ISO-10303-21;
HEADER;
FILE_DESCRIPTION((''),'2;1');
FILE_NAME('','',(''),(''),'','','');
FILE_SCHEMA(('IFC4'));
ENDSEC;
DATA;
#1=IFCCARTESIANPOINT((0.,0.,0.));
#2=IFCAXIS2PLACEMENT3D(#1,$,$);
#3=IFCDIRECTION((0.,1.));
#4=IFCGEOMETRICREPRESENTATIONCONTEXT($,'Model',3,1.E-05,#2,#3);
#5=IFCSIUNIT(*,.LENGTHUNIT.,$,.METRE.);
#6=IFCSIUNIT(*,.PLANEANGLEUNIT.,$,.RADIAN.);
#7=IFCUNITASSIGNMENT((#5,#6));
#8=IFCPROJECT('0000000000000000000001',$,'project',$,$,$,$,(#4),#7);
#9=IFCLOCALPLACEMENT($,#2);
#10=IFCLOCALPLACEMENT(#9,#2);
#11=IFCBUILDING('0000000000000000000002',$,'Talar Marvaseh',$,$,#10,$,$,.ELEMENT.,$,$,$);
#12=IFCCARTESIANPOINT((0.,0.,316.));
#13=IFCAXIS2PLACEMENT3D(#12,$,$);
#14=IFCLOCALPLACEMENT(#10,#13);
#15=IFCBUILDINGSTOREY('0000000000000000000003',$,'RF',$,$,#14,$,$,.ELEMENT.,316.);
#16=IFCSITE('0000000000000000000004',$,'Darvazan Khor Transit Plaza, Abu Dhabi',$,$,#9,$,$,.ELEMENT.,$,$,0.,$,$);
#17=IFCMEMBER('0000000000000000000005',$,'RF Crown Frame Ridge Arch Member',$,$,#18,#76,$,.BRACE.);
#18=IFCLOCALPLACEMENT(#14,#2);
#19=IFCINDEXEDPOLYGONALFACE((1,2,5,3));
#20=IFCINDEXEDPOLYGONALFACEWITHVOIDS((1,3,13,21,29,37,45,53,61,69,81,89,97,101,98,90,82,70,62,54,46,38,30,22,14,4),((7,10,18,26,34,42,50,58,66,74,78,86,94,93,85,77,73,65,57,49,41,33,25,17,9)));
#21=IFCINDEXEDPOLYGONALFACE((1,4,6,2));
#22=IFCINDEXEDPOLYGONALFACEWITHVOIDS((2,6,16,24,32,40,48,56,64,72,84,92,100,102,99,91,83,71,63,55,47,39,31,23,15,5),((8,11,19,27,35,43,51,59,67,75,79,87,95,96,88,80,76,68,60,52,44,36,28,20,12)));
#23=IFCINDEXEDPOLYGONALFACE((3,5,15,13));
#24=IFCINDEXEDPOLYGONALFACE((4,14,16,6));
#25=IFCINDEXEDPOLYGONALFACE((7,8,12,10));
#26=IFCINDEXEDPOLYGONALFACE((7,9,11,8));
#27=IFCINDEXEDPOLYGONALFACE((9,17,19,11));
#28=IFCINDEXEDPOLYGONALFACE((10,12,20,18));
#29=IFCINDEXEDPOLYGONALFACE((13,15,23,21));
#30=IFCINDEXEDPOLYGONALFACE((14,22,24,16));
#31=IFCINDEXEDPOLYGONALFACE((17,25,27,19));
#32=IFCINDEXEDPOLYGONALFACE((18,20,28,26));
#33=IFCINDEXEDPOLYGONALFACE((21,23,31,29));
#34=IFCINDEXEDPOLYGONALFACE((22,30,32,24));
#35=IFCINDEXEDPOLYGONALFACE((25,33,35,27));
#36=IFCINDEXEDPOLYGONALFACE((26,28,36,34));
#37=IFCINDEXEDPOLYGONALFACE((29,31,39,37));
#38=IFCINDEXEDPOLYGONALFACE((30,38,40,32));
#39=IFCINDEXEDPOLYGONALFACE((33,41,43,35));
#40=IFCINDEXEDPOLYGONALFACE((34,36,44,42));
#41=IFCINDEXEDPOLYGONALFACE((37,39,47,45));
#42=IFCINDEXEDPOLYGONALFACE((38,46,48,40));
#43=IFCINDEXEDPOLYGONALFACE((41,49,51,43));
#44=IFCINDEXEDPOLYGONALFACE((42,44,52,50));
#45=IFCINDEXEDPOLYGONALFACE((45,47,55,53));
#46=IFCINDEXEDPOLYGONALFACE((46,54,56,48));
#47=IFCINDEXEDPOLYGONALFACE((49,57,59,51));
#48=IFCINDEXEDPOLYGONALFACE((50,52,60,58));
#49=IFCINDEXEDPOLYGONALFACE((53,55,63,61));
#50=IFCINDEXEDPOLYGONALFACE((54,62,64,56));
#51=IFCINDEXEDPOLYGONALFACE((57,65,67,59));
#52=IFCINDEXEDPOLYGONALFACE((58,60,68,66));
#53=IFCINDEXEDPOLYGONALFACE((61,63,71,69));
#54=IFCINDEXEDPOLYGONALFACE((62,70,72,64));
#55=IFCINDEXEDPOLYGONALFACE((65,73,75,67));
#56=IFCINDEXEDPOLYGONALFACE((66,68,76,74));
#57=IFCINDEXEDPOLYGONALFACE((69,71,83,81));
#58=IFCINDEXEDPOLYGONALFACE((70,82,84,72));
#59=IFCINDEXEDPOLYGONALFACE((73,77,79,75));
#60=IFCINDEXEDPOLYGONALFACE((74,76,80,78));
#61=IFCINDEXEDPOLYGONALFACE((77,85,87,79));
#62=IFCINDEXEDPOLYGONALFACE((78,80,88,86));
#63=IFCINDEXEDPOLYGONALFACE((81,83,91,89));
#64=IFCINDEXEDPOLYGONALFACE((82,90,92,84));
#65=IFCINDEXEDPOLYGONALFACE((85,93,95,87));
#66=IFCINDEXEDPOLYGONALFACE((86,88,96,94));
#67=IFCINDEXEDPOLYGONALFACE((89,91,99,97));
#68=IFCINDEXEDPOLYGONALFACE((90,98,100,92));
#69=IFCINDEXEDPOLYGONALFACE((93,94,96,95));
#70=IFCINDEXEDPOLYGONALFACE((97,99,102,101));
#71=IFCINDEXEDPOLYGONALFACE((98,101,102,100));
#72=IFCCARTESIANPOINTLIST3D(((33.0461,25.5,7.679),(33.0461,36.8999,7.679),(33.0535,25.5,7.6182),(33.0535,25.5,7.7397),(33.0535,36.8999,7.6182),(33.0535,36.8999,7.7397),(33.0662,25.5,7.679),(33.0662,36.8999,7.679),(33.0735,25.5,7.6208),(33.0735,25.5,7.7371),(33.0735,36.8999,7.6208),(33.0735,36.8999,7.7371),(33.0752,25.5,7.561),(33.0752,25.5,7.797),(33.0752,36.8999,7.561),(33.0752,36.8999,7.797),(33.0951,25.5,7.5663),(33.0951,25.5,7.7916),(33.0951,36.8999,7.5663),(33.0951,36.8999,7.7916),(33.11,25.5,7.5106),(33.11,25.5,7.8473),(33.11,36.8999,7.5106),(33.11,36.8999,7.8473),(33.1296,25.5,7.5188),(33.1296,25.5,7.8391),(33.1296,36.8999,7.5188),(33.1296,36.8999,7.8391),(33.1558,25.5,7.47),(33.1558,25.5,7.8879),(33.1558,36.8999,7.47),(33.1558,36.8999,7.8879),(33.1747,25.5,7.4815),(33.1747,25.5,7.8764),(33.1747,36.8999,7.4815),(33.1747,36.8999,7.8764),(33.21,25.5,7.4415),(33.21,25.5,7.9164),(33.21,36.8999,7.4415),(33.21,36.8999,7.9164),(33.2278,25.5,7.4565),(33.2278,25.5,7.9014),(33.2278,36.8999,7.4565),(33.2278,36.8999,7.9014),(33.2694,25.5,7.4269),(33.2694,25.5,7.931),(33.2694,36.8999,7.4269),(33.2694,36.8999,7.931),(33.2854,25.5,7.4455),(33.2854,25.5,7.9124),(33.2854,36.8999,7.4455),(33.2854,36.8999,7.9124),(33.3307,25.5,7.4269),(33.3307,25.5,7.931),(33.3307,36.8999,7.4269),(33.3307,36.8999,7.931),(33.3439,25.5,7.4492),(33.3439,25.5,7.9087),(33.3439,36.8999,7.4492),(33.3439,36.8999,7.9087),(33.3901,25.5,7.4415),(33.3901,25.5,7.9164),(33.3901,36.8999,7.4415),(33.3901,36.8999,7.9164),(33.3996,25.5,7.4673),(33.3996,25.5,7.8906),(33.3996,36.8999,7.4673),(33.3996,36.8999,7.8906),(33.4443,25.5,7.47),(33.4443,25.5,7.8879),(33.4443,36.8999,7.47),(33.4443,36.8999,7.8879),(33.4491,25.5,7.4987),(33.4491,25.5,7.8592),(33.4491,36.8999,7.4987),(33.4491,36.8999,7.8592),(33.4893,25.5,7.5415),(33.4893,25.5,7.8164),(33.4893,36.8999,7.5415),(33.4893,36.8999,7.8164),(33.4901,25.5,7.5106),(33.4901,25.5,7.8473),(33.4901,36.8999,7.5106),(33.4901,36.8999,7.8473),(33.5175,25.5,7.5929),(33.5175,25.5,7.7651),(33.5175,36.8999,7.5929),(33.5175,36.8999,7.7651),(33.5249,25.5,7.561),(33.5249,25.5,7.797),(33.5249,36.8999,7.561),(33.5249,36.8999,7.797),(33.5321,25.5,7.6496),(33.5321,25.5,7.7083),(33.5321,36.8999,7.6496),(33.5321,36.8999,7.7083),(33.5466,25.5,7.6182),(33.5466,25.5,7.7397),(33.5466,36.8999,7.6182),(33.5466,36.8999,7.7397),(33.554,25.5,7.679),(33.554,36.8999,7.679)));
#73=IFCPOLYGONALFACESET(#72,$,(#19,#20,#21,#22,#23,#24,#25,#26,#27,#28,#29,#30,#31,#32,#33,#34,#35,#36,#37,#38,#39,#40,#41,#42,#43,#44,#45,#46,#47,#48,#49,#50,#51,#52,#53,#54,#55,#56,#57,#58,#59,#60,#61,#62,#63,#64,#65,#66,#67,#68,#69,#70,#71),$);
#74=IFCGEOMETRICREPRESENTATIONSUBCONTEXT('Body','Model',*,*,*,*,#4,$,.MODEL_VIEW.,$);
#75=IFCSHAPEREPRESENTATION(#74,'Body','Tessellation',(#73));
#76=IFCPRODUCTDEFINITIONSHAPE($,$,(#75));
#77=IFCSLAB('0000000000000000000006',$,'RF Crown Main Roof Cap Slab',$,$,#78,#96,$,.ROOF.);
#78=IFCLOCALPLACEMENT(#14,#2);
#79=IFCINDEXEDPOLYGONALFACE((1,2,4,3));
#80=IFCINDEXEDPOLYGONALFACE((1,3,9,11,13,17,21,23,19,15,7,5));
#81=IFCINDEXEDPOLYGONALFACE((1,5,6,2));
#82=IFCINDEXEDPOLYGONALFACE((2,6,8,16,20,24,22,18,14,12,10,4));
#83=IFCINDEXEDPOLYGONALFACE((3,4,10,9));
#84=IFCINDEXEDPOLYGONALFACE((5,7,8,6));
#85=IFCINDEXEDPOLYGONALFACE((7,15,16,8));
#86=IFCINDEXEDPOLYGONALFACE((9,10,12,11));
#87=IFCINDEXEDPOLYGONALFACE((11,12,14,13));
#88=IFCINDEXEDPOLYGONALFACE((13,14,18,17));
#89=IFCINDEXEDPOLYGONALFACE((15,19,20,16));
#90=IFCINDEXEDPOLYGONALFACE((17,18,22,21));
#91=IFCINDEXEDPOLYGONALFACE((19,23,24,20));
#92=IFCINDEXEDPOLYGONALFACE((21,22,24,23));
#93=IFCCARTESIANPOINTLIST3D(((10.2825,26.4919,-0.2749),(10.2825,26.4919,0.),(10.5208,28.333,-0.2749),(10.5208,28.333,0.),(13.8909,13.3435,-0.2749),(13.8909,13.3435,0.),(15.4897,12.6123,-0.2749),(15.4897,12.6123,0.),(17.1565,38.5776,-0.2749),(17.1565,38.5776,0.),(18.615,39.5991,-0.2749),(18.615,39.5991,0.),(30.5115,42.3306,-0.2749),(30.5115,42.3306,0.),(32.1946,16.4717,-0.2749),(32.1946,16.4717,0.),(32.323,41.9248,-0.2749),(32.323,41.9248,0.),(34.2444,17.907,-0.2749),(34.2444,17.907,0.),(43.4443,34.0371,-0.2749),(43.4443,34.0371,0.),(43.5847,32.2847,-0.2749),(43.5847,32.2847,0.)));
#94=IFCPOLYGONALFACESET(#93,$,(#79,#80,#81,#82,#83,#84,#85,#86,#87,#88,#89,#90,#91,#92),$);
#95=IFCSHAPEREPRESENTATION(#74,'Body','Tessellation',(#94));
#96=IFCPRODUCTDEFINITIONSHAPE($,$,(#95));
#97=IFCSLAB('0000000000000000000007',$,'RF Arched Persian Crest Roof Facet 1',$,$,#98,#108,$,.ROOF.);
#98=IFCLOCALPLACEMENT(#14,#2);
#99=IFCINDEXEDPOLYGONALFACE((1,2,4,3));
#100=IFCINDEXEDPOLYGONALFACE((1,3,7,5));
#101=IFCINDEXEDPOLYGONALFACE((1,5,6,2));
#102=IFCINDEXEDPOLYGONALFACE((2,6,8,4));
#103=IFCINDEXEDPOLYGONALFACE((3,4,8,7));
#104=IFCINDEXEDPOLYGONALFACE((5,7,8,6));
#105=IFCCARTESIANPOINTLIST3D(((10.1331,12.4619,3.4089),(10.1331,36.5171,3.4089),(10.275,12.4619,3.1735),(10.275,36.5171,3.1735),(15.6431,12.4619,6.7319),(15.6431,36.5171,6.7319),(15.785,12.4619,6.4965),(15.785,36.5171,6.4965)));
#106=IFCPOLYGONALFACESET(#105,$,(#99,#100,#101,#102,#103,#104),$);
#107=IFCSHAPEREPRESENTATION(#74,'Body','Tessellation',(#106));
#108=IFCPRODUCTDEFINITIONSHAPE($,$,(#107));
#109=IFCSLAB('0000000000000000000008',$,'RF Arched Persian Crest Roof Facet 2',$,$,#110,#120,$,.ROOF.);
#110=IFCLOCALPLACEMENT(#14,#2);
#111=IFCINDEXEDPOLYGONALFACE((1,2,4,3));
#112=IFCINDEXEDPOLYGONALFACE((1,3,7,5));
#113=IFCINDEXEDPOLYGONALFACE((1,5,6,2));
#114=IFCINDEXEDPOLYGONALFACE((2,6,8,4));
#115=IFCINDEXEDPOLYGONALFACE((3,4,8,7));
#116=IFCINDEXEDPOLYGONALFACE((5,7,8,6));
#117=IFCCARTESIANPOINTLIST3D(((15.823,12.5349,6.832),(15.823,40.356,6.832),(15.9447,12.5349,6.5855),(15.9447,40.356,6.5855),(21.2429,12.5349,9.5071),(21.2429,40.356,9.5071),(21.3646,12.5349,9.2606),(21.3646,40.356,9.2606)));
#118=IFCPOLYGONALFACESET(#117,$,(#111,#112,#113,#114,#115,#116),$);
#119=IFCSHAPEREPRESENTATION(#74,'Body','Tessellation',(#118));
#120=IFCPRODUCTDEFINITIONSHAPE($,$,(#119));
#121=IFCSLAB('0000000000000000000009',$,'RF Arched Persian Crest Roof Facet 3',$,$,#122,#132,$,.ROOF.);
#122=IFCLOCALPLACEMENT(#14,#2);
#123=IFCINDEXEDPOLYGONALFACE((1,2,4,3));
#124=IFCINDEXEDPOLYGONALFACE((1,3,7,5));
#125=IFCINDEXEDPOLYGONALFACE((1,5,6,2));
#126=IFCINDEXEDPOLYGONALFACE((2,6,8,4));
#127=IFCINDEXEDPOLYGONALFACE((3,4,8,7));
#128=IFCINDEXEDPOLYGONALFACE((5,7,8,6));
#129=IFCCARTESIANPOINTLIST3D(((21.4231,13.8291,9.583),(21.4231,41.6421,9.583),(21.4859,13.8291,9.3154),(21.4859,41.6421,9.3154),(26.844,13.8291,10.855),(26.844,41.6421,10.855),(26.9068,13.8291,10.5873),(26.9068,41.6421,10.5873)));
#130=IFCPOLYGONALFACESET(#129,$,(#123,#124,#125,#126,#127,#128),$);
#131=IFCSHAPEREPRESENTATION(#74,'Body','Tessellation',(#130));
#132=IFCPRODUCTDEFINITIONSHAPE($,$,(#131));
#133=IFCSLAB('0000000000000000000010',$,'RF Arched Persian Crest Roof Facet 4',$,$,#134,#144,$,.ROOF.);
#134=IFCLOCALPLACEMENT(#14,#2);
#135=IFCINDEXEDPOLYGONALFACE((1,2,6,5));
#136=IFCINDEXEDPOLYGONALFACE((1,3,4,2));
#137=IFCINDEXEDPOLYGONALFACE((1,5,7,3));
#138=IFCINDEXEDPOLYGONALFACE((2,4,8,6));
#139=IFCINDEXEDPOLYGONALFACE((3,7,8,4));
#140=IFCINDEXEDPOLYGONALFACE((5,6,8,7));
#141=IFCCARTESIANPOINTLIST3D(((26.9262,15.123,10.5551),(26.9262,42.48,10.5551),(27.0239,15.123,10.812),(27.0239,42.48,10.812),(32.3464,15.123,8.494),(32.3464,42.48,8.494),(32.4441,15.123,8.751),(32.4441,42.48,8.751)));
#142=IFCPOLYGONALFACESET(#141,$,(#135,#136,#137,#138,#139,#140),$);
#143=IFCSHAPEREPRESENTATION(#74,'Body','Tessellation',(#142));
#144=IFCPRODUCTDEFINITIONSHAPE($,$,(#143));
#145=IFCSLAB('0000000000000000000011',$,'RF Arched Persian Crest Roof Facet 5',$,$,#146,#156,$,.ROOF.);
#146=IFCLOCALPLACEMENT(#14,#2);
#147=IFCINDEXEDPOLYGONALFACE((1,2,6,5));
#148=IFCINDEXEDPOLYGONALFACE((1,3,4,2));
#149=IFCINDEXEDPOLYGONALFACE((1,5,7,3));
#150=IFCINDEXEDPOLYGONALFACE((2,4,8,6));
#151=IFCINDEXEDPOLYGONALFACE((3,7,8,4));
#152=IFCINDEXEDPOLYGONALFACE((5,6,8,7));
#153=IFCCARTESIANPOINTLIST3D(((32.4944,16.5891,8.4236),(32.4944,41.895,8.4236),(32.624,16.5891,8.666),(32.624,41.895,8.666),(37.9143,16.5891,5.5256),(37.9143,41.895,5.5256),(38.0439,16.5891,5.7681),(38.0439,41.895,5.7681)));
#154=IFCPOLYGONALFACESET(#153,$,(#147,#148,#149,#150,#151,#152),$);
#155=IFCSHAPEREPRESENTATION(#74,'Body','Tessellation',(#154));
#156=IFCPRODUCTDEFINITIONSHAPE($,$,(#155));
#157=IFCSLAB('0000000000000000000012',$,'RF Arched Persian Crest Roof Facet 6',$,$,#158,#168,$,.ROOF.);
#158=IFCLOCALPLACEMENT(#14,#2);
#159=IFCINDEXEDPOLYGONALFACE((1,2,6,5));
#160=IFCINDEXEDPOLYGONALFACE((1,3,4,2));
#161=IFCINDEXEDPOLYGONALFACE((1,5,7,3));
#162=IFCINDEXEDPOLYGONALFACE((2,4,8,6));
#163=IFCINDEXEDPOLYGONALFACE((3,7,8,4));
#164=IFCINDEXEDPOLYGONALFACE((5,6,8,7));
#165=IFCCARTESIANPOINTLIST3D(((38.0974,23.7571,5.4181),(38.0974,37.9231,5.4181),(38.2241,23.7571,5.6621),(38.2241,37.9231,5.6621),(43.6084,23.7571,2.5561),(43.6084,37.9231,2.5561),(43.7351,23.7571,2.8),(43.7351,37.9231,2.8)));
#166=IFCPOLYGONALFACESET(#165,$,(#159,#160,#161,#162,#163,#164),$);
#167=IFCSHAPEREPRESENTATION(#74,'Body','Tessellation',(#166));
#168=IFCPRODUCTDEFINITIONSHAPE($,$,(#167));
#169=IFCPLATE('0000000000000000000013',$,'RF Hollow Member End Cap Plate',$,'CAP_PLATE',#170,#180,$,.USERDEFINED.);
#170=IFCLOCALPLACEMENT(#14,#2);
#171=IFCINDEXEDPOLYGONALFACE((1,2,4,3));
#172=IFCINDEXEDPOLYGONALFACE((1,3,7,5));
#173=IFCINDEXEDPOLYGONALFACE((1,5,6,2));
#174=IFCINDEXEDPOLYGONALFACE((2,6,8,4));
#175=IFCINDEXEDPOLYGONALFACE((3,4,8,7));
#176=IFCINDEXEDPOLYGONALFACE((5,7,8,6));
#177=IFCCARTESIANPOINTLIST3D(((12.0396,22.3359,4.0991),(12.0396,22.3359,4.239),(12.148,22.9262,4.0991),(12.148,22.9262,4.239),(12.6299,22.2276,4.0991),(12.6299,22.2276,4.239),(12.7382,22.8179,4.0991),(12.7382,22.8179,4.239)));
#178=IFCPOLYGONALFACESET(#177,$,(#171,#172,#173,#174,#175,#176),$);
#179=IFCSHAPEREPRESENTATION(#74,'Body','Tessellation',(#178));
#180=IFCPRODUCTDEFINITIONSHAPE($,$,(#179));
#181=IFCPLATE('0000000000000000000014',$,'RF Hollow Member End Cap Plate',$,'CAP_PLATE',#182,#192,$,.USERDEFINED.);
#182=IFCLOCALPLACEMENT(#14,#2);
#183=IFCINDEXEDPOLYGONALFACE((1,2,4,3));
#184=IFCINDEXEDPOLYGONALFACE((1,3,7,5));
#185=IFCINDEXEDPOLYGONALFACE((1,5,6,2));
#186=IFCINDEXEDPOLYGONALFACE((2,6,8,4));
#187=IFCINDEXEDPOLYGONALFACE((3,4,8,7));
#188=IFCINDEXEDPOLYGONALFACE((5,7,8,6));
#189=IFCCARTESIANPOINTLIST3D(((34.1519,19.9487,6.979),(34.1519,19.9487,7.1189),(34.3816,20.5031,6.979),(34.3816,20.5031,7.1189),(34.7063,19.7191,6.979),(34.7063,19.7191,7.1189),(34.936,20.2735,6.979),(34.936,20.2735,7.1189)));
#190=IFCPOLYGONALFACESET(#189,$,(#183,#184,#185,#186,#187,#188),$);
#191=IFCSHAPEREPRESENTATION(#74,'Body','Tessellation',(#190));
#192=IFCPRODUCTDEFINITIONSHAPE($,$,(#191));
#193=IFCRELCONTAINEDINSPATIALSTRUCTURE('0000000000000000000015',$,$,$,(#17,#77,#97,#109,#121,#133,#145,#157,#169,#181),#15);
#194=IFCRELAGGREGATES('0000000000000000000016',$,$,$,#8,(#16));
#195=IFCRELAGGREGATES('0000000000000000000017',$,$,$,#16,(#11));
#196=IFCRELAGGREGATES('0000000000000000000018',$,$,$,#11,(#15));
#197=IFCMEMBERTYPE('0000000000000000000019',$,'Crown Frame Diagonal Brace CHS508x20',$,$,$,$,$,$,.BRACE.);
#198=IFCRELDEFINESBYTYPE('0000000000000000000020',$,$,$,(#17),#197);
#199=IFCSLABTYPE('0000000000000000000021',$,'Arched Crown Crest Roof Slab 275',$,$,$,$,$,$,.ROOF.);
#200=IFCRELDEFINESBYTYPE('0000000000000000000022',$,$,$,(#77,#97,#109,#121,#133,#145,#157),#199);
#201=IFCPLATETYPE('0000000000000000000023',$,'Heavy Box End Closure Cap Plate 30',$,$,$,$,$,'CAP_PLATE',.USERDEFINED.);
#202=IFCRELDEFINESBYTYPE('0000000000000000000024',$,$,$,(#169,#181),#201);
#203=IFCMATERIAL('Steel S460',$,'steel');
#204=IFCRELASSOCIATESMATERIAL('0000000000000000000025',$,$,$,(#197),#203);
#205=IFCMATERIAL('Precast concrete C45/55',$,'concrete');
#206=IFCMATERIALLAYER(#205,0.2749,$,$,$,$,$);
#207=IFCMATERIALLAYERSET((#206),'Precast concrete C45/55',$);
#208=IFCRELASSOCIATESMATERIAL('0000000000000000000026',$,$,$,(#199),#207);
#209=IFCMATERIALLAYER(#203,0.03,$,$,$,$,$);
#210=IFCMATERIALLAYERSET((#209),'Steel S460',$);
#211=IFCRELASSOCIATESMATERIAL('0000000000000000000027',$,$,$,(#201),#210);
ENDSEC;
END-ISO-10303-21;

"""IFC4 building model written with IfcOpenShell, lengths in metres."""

from ifc_helpers import new_model, si_unit, direction, frame, origin, origin_2d, place, context, subcontext, project, spatial, polyline, rectangle, hollow_circle, outline, extrude, source, transform, mapped, material, layer, layer_set, material_profile, profile_set, type_object, element, save


model = new_model("IFC4")

# Units and contexts
model_context = context("Model", 3, precision=1e-05, world=origin(), true_north=direction((0.0, 1.0)))
body_context = subcontext(model_context, "Body", "Model", "MODEL_VIEW")
ifc_project = project(units=[si_unit("LENGTHUNIT", "METRE"), si_unit("PLANEANGLEUNIT", "RADIAN")], contexts=[model_context])

# Site, building, storey
site_placement = place(None, origin())
site = spatial("IfcSite", under=ifc_project, at=site_placement, Name="Darvazan Khor Transit Plaza, Abu Dhabi", CompositionType="ELEMENT", RefElevation=0.0)
building_placement = place(site_placement, origin())
building = spatial("IfcBuilding", under=site, at=building_placement, Name="Talar Marvaseh", CompositionType="ELEMENT")
storey_placement = place(building_placement, frame((0.0, 0.0, 316.0)))
storey = spatial("IfcBuildingStorey", under=building, at=storey_placement, Name="RF", CompositionType="ELEMENT", Elevation=316.0)

# Shared definitions
ifc_material_1 = material(Name="Steel S460", Category="steel")

# Member
ifc_material_profile_1 = material_profile(ifc_material_1, hollow_circle(Radius=0.2539, WallThickness=0.02, at=origin_2d()), Name="CHS508x20")
ifc_profile_set_1 = profile_set([ifc_material_profile_1], Name="Steel S460")
member_type = type_object("IfcMemberType", Name="Crown Frame Diagonal Brace CHS508x20", PredefinedType="BRACE", material=ifc_profile_set_1)
shared_shape_1 = source(origin(), body_context, "Body", "SweptSolid", [
    extrude(hollow_circle(Radius=0.2539, WallThickness=0.02, at=origin_2d()), origin(), (0.0, 0.0, 1.0), 11.3999),
])
for number, where, z_axis, x_axis, name in (
    (1, (33.3, 25.5, 7.679), (0.0, 1.0, 0.0), (-1.0, 0.0, 0.0), "RF Crown Frame Ridge Arch Member"),
):
    element("IfcMember", number, at=place(storey_placement, frame(where, z_axis=z_axis, x_axis=x_axis)), inside=storey, type_object=member_type, Name=name, PredefinedType="BRACE", context=body_context, shape_type="MappedRepresentation", body=[
        mapped(shared_shape_1, transform((0.0, 0.0, 0.0), x_axis=(1.0, 0.0, 0.0), y_axis=(0.0, 1.0, 0.0), z_axis=(0.0, 0.0, 1.0), scale=1.0)),
    ])

# Slabs
ifc_material_2 = material(Name="Precast concrete C45/55", Category="concrete")
ifc_layer_1 = layer(ifc_material_2, 0.2749)
ifc_layer_set_1 = layer_set([ifc_layer_1], Name="Precast concrete C45/55")
slab_type = type_object("IfcSlabType", Name="Arched Crown Crest Roof Slab 275", PredefinedType="ROOF", material=ifc_layer_set_1)
slab_1_placement = place(storey_placement, frame((0.0, 0.0, -0.2749)))
element("IfcSlab", 2, at=slab_1_placement, inside=storey, type_object=slab_type, Name="RF Crown Main Roof Cap Slab", PredefinedType="ROOF", context=body_context, shape_type="SweptSolid", body=[
    extrude(outline(polyline([(15.4897, 12.6123), (13.8909, 13.3435), (10.2825, 26.4919), (10.5208, 28.333), (17.1565, 38.5776), (18.615, 39.5991), (30.5115, 42.3306), (32.323, 41.9248), (43.4443, 34.0371), (43.5847, 32.2847), (34.2444, 17.907), (32.1946, 16.4717), (15.4897, 12.6123)])), origin(), (0.0, 0.0, 1.0), 0.2749),
])
slab_2_placement = place(storey_placement, frame((10.1331, 12.4619, 3.4089), z_axis=(-0.516436, 0.0, 0.856326), x_axis=(0.856326, 0.0, 0.516436)))
element("IfcSlab", 3, at=slab_2_placement, inside=storey, type_object=slab_type, Name="RF Arched Persian Crest Roof Facet 1", PredefinedType="ROOF", context=body_context, shape_type="SweptSolid", body=[
    extrude(outline(polyline([(0.0, 0.0), (6.4345, 0.0), (6.4345, 24.0552), (0.0, 24.0552), (0.0, 0.0)])), origin(), (0.0, 0.0, -1.0), 0.2749),
])
slab_3_placement = place(storey_placement, frame((15.823, 12.5349, 6.832), z_axis=(-0.442587, 0.0, 0.896726), x_axis=(0.896726, 0.0, 0.442587)))
element("IfcSlab", 4, at=slab_3_placement, inside=storey, type_object=slab_type, Name="RF Arched Persian Crest Roof Facet 2", PredefinedType="ROOF", context=body_context, shape_type="SweptSolid", body=[
    extrude(outline(polyline([(0.0, 0.0), (6.0441, 0.0), (6.0441, 27.821), (0.0, 27.821), (0.0, 0.0)])), origin(), (0.0, 0.0, -1.0), 0.2749),
])
slab_4_placement = place(storey_placement, frame((21.4231, 13.8291, 9.583), z_axis=(-0.228438, 0.0, 0.973558), x_axis=(0.973558, 0.0, 0.228438)))
element("IfcSlab", 5, at=slab_4_placement, inside=storey, type_object=slab_type, Name="RF Arched Persian Crest Roof Facet 3", PredefinedType="ROOF", context=body_context, shape_type="SweptSolid", body=[
    extrude(outline(polyline([(0.0, 0.0), (5.5681, 0.0), (5.5681, 27.813), (0.0, 27.813), (0.0, 0.0)])), origin(), (0.0, 0.0, -1.0), 0.2749),
])
slab_5_placement = place(storey_placement, frame((27.0239, 15.123, 10.812), z_axis=(0.355425, 0.0, 0.934705), x_axis=(0.934705, 0.0, -0.355425)))
element("IfcSlab", 6, at=slab_5_placement, inside=storey, type_object=slab_type, Name="RF Arched Persian Crest Roof Facet 4", PredefinedType="ROOF", context=body_context, shape_type="SweptSolid", body=[
    extrude(outline(polyline([(0.0, 0.0), (5.7988, 0.0), (5.7988, 27.3569), (0.0, 27.3569), (0.0, 0.0)])), origin(), (0.0, 0.0, -1.0), 0.2749),
])
slab_6_placement = place(storey_placement, frame((32.624, 16.5891, 8.666), z_axis=(0.471516, 0.0, 0.881858), x_axis=(0.881858, 0.0, -0.471516)))
element("IfcSlab", 7, at=slab_6_placement, inside=storey, type_object=slab_type, Name="RF Arched Persian Crest Roof Facet 5", PredefinedType="ROOF", context=body_context, shape_type="SweptSolid", body=[
    extrude(outline(polyline([(0.0, 0.0), (6.146, 0.0), (6.146, 25.3059), (0.0, 25.3059), (0.0, 0.0)])), origin(), (0.0, 0.0, -1.0), 0.2749),
])
slab_7_placement = place(storey_placement, frame((38.2241, 23.7571, 5.6621), z_axis=(0.46089, 0.0, 0.887457), x_axis=(0.887457, 0.0, -0.46089)))
element("IfcSlab", 8, at=slab_7_placement, inside=storey, type_object=slab_type, Name="RF Arched Persian Crest Roof Facet 6", PredefinedType="ROOF", context=body_context, shape_type="SweptSolid", body=[
    extrude(outline(polyline([(0.0, 0.0), (6.2099, 0.0), (6.2099, 14.166), (0.0, 14.166), (0.0, 0.0)])), origin(), (0.0, 0.0, -1.0), 0.2749),
])

# Plates
ifc_layer_2 = layer(ifc_material_1, 0.03)
ifc_layer_set_2 = layer_set([ifc_layer_2], Name="Steel S460")
plate_type = type_object("IfcPlateType", Name="Heavy Box End Closure Cap Plate 30", ElementType="CAP_PLATE", PredefinedType="USERDEFINED", material=ifc_layer_set_2)
shared_shape_2 = source(origin(), body_context, "Body", "SweptSolid", [
    extrude(rectangle(XDim=0.6001, YDim=0.6001, at=origin_2d()), origin(), (0.0, 0.0, 1.0), 0.1399),
])
for number, where, z_axis, x_axis, name in (
    (9, (12.3889, 22.5769, 4.0991), (0.0, 0.0, 1.0), (0.180519, 0.983571, 0.0), "RF Hollow Member End Cap Plate"),
    (10, (34.5439, 20.1111, 6.979), (0.0, 0.0, 1.0), (-0.382683, -0.92388, 0.0), "RF Hollow Member End Cap Plate"),
):
    element("IfcPlate", number, at=place(storey_placement, frame(where, z_axis=z_axis, x_axis=x_axis)), inside=storey, type_object=plate_type, Name=name, ObjectType="CAP_PLATE", PredefinedType="USERDEFINED", context=body_context, shape_type="MappedRepresentation", body=[
        mapped(shared_shape_2, transform((0.0, 0.0, 0.0), x_axis=(1.0, 0.0, 0.0), y_axis=(0.0, 1.0, 0.0), z_axis=(0.0, 0.0, 1.0), scale=1.0)),
    ])

save(model, "model.ifc")
